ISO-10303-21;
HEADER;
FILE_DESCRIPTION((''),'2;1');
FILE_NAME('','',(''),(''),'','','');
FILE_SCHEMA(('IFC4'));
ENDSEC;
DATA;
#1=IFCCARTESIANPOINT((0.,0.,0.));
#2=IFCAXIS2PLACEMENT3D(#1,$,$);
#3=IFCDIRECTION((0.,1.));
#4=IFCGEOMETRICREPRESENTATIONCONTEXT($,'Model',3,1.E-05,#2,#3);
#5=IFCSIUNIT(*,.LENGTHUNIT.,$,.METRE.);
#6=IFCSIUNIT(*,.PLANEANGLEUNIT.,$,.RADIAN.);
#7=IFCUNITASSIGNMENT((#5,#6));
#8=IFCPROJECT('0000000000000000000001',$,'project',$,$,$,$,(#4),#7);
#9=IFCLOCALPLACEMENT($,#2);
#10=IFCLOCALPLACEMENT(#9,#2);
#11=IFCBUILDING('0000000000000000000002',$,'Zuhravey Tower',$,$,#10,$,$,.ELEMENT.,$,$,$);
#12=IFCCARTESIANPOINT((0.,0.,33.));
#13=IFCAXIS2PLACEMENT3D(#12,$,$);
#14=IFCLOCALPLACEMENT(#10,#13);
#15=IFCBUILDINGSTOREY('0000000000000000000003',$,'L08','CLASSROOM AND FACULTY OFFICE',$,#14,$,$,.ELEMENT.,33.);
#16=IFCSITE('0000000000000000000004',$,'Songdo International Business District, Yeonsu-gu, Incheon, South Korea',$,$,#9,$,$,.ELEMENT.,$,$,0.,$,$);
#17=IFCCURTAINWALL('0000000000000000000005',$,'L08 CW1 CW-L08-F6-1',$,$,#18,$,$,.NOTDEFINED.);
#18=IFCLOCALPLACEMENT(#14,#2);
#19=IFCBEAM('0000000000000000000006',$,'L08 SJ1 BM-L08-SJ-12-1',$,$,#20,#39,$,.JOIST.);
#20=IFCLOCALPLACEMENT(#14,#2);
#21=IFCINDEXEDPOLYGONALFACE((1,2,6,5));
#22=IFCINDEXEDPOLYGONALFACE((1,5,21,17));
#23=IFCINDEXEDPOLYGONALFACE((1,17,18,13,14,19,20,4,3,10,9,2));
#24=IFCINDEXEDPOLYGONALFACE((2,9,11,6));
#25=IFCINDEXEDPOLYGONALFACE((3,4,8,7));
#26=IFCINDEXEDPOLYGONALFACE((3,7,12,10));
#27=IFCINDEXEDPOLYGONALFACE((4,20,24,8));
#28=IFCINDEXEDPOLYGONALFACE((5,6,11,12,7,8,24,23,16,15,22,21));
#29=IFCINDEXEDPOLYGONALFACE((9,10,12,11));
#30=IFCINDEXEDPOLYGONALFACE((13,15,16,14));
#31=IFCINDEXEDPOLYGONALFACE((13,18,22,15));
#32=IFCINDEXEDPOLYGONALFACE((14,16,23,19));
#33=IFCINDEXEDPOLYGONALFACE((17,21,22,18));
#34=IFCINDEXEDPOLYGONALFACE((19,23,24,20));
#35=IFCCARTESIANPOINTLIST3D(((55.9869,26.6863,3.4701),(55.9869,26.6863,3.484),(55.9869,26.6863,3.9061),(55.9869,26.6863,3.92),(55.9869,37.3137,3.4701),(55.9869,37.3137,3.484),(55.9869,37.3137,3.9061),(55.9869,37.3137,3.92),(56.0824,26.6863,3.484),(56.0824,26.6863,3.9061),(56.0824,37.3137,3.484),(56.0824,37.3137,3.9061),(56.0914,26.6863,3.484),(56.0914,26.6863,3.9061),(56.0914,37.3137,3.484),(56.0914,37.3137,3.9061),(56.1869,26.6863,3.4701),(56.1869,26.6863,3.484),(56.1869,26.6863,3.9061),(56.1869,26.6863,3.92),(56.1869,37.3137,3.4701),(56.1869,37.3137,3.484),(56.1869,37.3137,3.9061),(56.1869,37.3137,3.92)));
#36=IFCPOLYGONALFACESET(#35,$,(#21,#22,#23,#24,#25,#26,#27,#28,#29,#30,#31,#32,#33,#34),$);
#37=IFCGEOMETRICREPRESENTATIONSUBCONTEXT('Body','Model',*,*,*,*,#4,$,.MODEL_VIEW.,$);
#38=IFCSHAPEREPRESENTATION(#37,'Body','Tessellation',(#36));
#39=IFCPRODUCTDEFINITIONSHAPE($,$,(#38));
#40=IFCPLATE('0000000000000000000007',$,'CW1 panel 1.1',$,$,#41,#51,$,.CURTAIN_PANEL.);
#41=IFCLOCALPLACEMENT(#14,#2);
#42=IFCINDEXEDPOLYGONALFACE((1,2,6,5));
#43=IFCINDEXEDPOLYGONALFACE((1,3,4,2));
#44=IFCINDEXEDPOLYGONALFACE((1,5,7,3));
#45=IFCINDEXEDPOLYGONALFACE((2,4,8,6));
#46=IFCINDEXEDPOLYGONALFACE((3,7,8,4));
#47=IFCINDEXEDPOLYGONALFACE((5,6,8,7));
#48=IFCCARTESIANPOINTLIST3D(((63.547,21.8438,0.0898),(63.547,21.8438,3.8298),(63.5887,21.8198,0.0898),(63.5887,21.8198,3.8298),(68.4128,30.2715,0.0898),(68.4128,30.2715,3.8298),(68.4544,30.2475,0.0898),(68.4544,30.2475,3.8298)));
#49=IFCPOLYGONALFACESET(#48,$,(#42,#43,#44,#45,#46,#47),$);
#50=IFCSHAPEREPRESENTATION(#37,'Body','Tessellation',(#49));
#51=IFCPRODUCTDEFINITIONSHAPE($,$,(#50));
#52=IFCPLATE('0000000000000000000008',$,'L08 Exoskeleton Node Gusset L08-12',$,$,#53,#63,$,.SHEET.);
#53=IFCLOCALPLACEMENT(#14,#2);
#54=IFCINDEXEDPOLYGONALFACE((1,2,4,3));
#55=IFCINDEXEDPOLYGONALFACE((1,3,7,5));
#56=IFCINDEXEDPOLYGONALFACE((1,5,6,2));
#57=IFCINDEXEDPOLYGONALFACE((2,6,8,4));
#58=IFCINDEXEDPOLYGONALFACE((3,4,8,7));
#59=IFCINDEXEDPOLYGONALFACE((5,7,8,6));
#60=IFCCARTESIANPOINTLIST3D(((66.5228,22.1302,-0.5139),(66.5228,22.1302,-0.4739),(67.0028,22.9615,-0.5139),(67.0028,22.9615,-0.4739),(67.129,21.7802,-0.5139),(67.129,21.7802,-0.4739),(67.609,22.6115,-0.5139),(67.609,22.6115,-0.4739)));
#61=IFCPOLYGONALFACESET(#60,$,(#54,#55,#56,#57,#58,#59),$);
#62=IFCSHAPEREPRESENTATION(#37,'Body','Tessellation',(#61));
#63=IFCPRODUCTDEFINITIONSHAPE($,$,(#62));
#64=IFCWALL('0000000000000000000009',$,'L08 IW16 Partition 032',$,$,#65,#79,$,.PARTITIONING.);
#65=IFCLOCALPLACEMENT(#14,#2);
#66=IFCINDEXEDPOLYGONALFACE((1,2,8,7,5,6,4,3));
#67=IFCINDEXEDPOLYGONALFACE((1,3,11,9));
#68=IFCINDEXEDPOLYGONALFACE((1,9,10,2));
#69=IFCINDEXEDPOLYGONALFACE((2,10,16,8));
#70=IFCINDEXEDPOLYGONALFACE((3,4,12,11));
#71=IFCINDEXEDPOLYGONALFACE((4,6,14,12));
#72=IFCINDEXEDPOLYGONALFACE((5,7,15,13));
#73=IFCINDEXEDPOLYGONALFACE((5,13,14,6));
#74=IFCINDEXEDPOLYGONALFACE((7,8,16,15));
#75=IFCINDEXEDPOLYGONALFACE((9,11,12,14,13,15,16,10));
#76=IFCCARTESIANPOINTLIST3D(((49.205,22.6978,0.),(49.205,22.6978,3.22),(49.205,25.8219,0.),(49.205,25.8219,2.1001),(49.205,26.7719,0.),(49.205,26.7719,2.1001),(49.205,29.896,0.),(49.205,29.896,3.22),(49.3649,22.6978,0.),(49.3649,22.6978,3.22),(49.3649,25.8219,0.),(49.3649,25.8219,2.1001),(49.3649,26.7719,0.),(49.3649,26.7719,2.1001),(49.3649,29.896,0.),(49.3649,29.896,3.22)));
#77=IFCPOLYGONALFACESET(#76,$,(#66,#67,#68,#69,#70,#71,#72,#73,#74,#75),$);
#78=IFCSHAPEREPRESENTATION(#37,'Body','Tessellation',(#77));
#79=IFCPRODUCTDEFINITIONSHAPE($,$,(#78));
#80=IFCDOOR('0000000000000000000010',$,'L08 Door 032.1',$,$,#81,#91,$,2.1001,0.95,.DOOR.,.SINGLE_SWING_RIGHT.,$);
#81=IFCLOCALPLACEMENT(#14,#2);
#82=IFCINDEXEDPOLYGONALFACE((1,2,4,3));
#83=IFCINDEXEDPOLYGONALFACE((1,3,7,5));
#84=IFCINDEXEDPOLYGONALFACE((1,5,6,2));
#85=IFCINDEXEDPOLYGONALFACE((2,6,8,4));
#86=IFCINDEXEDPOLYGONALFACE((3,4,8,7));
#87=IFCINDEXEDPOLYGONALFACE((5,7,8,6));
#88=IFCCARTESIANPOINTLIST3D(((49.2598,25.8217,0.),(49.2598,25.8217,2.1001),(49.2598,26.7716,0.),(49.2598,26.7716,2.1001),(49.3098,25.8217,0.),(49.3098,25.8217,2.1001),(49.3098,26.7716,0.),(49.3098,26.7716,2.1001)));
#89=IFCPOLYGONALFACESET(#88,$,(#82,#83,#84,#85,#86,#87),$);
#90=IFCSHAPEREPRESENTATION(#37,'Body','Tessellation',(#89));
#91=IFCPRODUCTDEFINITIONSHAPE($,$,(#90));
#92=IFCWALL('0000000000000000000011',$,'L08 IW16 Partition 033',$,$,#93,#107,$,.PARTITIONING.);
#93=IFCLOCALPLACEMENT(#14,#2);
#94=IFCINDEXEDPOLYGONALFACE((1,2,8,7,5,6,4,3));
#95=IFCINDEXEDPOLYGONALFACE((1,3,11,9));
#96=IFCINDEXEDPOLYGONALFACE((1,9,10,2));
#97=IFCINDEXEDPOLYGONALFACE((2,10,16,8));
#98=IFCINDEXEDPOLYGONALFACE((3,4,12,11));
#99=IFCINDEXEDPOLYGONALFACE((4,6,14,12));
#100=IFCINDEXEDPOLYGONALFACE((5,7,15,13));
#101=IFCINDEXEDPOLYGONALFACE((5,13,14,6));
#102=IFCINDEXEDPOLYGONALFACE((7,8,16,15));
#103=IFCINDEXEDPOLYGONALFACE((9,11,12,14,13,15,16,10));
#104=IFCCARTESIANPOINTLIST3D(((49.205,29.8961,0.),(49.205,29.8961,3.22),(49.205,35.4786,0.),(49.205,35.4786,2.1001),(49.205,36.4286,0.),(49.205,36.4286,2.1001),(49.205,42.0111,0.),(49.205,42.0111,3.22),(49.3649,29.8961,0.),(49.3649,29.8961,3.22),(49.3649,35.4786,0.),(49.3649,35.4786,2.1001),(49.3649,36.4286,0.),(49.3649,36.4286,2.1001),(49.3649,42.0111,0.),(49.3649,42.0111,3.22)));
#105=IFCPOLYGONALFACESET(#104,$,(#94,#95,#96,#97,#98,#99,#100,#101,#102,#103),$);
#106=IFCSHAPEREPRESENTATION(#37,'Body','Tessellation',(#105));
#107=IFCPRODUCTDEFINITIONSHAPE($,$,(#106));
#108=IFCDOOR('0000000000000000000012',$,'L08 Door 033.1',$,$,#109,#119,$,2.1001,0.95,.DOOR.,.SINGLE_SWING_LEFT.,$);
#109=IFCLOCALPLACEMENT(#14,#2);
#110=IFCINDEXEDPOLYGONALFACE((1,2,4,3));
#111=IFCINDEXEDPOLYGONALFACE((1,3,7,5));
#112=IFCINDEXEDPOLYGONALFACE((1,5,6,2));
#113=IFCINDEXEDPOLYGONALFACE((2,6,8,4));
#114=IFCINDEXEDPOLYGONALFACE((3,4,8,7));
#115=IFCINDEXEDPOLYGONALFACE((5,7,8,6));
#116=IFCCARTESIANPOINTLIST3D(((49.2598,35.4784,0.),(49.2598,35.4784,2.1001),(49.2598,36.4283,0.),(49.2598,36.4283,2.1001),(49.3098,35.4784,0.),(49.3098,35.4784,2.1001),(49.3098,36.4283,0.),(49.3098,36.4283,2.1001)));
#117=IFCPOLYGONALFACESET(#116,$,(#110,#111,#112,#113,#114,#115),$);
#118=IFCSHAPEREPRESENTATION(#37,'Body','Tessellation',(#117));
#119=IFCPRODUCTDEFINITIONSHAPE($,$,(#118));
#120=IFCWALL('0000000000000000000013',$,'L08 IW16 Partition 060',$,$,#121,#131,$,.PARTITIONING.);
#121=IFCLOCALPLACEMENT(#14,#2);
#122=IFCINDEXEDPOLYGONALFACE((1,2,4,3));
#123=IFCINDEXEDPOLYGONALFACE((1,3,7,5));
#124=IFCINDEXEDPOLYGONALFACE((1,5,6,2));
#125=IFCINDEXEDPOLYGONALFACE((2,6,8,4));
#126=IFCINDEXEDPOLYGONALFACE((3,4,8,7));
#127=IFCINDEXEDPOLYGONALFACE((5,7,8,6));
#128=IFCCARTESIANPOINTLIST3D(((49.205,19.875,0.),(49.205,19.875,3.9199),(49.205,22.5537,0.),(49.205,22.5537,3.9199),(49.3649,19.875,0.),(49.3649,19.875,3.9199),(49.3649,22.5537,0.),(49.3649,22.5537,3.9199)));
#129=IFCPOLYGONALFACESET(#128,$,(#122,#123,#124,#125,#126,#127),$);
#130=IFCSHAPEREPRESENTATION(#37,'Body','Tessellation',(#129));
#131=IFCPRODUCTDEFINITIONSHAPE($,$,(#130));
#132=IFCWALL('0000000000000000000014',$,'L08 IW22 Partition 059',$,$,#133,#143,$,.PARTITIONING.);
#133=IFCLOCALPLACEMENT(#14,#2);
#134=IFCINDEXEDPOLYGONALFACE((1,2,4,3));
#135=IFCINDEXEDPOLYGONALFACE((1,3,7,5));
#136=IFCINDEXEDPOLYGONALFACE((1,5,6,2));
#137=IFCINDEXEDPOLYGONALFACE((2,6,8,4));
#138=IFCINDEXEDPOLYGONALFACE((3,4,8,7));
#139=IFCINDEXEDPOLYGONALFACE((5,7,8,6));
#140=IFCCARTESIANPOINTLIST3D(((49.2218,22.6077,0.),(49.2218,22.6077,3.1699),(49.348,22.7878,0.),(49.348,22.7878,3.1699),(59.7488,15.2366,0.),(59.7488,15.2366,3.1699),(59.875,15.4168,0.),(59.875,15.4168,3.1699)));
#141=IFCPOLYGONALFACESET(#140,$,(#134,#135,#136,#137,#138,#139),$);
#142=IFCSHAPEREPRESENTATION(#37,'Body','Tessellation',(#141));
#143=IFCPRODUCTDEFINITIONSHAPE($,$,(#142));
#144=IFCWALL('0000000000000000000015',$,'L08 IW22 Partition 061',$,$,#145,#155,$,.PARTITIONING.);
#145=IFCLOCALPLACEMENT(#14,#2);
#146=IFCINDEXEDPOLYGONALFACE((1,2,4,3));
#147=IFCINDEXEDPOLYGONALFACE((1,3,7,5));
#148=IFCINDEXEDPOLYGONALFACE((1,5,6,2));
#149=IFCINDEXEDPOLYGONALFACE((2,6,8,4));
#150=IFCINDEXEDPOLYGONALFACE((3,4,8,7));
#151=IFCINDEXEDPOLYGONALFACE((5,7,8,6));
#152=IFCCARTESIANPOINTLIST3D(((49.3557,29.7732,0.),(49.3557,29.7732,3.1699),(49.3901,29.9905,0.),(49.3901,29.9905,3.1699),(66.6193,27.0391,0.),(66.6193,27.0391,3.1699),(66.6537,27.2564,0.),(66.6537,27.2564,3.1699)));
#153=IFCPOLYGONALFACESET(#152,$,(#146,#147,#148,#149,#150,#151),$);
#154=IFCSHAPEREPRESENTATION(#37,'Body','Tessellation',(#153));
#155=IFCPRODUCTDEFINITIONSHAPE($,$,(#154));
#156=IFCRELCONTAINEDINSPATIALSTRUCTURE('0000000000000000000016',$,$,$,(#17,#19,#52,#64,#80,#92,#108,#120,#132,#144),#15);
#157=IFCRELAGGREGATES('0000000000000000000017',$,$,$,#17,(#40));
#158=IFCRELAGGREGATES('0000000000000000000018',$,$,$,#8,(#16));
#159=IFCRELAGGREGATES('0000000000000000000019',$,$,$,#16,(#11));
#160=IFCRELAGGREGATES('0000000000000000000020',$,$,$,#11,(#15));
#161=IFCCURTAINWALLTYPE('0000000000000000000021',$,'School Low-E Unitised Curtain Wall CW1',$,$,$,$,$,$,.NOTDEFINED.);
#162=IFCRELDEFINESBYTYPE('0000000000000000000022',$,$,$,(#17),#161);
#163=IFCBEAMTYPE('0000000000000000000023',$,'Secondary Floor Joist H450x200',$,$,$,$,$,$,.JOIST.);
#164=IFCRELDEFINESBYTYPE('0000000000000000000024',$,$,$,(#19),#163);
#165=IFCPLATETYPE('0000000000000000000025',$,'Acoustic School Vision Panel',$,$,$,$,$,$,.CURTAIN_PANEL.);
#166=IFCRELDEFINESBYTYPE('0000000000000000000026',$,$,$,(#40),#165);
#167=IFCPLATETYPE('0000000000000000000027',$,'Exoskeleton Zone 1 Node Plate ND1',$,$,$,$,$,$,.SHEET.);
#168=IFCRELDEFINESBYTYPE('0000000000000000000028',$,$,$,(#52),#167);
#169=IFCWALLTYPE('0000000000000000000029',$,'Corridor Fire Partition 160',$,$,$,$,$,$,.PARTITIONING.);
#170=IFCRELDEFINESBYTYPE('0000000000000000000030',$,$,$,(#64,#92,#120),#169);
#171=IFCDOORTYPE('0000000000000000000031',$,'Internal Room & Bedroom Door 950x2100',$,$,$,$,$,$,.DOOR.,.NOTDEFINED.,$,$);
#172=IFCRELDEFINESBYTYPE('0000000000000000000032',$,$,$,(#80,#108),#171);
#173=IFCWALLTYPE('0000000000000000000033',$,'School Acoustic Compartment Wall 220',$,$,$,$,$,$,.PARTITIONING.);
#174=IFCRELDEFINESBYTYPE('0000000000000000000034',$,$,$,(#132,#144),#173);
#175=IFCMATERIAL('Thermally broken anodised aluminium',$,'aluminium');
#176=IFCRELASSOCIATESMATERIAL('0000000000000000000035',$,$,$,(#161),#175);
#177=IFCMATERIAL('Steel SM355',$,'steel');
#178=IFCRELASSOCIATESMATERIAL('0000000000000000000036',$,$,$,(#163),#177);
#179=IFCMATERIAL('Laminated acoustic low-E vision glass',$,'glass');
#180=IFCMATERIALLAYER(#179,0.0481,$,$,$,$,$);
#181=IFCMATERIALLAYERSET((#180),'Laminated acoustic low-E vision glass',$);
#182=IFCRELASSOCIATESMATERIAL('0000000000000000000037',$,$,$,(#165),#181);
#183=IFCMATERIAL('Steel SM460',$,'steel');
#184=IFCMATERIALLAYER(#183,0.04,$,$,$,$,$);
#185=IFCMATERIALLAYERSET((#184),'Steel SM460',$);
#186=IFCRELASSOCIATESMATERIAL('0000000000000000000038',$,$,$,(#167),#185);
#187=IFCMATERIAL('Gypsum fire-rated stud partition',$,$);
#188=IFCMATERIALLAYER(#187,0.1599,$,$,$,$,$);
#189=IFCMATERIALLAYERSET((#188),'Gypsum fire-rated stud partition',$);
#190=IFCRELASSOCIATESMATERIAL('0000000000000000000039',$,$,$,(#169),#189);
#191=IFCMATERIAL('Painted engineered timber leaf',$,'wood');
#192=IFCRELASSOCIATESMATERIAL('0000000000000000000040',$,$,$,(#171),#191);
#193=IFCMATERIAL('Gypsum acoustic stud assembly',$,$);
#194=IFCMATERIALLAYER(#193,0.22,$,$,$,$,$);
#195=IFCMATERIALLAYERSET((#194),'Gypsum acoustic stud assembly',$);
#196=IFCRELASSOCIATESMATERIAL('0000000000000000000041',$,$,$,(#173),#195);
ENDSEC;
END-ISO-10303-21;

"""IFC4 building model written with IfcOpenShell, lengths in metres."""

from ifc_helpers import new_model, si_unit, direction, frame, frame_2d, origin, origin_2d, place, context, subcontext, project, spatial, rectangle, i_section, extrude, material, layer, layer_set, material_profile, profile_set, type_object, element, fill, aggregate, save


model = new_model("IFC4")

# Units and contexts
model_context = context("Model", 3, precision=1e-05, world=origin(), true_north=direction((0.0, 1.0)))
body_context = subcontext(model_context, "Body", "Model", "MODEL_VIEW")
ifc_project = project(units=[si_unit("LENGTHUNIT", "METRE"), si_unit("PLANEANGLEUNIT", "RADIAN")], contexts=[model_context])

# Site, building, storey
site_placement = place(None, origin())
site = spatial("IfcSite", under=ifc_project, at=site_placement, Name="Songdo International Business District, Yeonsu-gu, Incheon, South Korea", CompositionType="ELEMENT", RefElevation=0.0)
building_placement = place(site_placement, origin())
building = spatial("IfcBuilding", under=site, at=building_placement, Name="Zuhravey Tower", CompositionType="ELEMENT")
storey_placement = place(building_placement, frame((0.0, 0.0, 33.0)))
storey = spatial("IfcBuildingStorey", under=building, at=storey_placement, Name="L08", Description="CLASSROOM AND FACULTY OFFICE", CompositionType="ELEMENT", Elevation=33.0)

# Curtain wall
ifc_material_1 = material(Name="Thermally broken anodised aluminium", Category="aluminium")
curtain_wall_type = type_object("IfcCurtainWallType", Name="School Low-E Unitised Curtain Wall CW1", PredefinedType="NOTDEFINED", material=ifc_material_1)
curtain_wall_placement = place(storey_placement, origin())
curtain_wall = element("IfcCurtainWall", 1, at=curtain_wall_placement, inside=storey, type_object=curtain_wall_type, Name="L08 CW1 CW-L08-F6-1", PredefinedType="NOTDEFINED")

# Shared definitions
ifc_material_2 = material(Name="Steel SM460", Category="steel")

# Beam
ifc_material_3 = material(Name="Steel SM355", Category="steel")
ifc_material_profile_1 = material_profile(ifc_material_3, i_section(OverallWidth=0.2, OverallDepth=0.45, WebThickness=0.009, FlangeThickness=0.0139, at=origin_2d()), Name="H-450x200x9x14")
ifc_profile_set_1 = profile_set([ifc_material_profile_1], Name="Steel SM355")
beam_type_1 = type_object("IfcBeamType", Name="Secondary Floor Joist H450x200", PredefinedType="JOIST", material=ifc_profile_set_1)
beam_1_placement = place(storey_placement, frame((56.0869, 26.6863, 3.6951), z_axis=(0.0, 1.0, 0.0), x_axis=(-1.0, 0.0, 0.0)))
element("IfcBeam", 2, at=beam_1_placement, inside=storey, type_object=beam_type_1, Name="L08 SJ1 BM-L08-SJ-12-1", PredefinedType="JOIST", context=body_context, shape_type="SweptSolid", body=[
    extrude(i_section(OverallWidth=0.2, OverallDepth=0.45, WebThickness=0.009, FlangeThickness=0.0139, at=origin_2d()), origin(), (0.0, 0.0, 1.0), 10.6274),
])

# Plates
ifc_material_4 = material(Name="Laminated acoustic low-E vision glass", Category="glass")
ifc_layer_1 = layer(ifc_material_4, 0.0481)
ifc_layer_set_1 = layer_set([ifc_layer_1], Name="Laminated acoustic low-E vision glass")
plate_type_1 = type_object("IfcPlateType", Name="Acoustic School Vision Panel", PredefinedType="CURTAIN_PANEL", material=ifc_layer_set_1)
plate_1_placement = place(storey_placement, frame((66.0007, 26.0457, 0.0898), z_axis=(0.0, 0.0, 1.0), x_axis=(-0.5, -0.866026, 0.0)))
plate_1 = element("IfcPlate", 3, at=plate_1_placement, type_object=plate_type_1, Name="CW1 panel 1.1", PredefinedType="CURTAIN_PANEL", context=body_context, shape_type="SweptSolid", body=[
    extrude(rectangle(XDim=9.7314, YDim=0.0481, at=origin_2d()), origin(), (0.0, 0.0, 1.0), 3.74),
])
aggregate(curtain_wall, [plate_1])
ifc_layer_2 = layer(ifc_material_2, 0.04)
ifc_layer_set_2 = layer_set([ifc_layer_2], Name="Steel SM460")
plate_type_2 = type_object("IfcPlateType", Name="Exoskeleton Zone 1 Node Plate ND1", PredefinedType="SHEET", material=ifc_layer_set_2)
plate_2_placement = place(storey_placement, frame((67.0659, 22.3708, -0.5139), z_axis=(0.0, 0.0, 1.0), x_axis=(0.5, 0.866025, 0.0)))
element("IfcPlate", 4, at=plate_2_placement, inside=storey, type_object=plate_type_2, Name="L08 Exoskeleton Node Gusset L08-12", PredefinedType="SHEET", context=body_context, shape_type="SweptSolid", body=[
    extrude(rectangle(XDim=0.96, YDim=0.7, at=origin_2d()), origin(), (0.0, 0.0, 1.0), 0.04),
])

# Walls, openings, doors
ifc_material_5 = material(Name="Gypsum fire-rated stud partition")
ifc_layer_3 = layer(ifc_material_5, 0.1599)
ifc_layer_set_3 = layer_set([ifc_layer_3], Name="Gypsum fire-rated stud partition")
wall_type_1 = type_object("IfcWallType", Name="Corridor Fire Partition 160", PredefinedType="PARTITIONING", material=ifc_layer_set_3)
wall_1_placement = place(storey_placement, frame((49.2849, 22.6978, 0.0), z_axis=(0.0, 0.0, 1.0), x_axis=(0.0, 1.0, 0.0)))
wall_1 = element("IfcWall", 5, at=wall_1_placement, inside=storey, type_object=wall_type_1, Name="L08 IW16 Partition 032", PredefinedType="PARTITIONING", context=body_context, shape_type="SweptSolid", body=[
    extrude(rectangle(XDim=7.1982, YDim=0.1599, at=frame_2d((3.5991, 0.0))), origin(), (0.0, 0.0, 1.0), 3.22),
])
opening_1_placement = place(wall_1_placement, frame((3.124, 0.0, 0.0)))
opening_1 = element("IfcOpeningElement", 6, at=opening_1_placement, cuts=wall_1, PredefinedType="OPENING", context=body_context, shape_type="SweptSolid", body=[
    extrude(rectangle(XDim=0.95, YDim=2.1001, at=frame_2d((0.4751, 1.05))), frame((0.0, 0.092, 0.0), z_axis=(0.0, -1.0, 0.0), x_axis=(1.0, 0.0, 0.0)), (0.0, 0.0, 1.0), 0.1838),
])
ifc_material_6 = material(Name="Painted engineered timber leaf", Category="wood")
door_type = type_object("IfcDoorType", Name="Internal Room & Bedroom Door 950x2100", OperationType="NOTDEFINED", PredefinedType="DOOR", material=ifc_material_6)
door_1_placement = place(opening_1_placement, frame((0.95, 0.0, 0.0), z_axis=(0.0, 0.0, 1.0), x_axis=(-1.0, 0.0, 0.0)))
door_1 = element("IfcDoor", 7, at=door_1_placement, inside=storey, type_object=door_type, Name="L08 Door 032.1", OperationType="SINGLE_SWING_RIGHT", OverallHeight=2.1001, OverallWidth=0.95, PredefinedType="DOOR", context=body_context, shape_type="SweptSolid", body=[
    extrude(rectangle(XDim=0.95, YDim=2.1001, at=frame_2d((0.4751, 1.05))), frame((0.0, 0.0249, 0.0), z_axis=(0.0, -1.0, 0.0), x_axis=(1.0, 0.0, 0.0)), (0.0, 0.0, 1.0), 0.05),
])
fill(opening_1, door_1)
wall_2_placement = place(storey_placement, frame((49.2849, 29.896, 0.0), z_axis=(0.0, 0.0, 1.0), x_axis=(0.0, 1.0, 0.0)))
wall_2 = element("IfcWall", 8, at=wall_2_placement, inside=storey, type_object=wall_type_1, Name="L08 IW16 Partition 033", PredefinedType="PARTITIONING", context=body_context, shape_type="SweptSolid", body=[
    extrude(rectangle(XDim=12.115, YDim=0.1599, at=frame_2d((6.0576, 0.0))), origin(), (0.0, 0.0, 1.0), 3.22),
])
opening_2_placement = place(wall_2_placement, frame((5.5825, 0.0, 0.0)))
opening_2 = element("IfcOpeningElement", 9, at=opening_2_placement, cuts=wall_2, PredefinedType="OPENING", context=body_context, shape_type="SweptSolid", body=[
    extrude(rectangle(XDim=0.95, YDim=2.1001, at=frame_2d((0.4751, 1.05))), frame((0.0, 0.092, 0.0), z_axis=(0.0, -1.0, 0.0), x_axis=(1.0, 0.0, 0.0)), (0.0, 0.0, 1.0), 0.1838),
])
door_2_placement = place(opening_2_placement, frame((0.95, 0.0, 0.0), z_axis=(0.0, 0.0, 1.0), x_axis=(-1.0, 0.0, 0.0)))
door_2 = element("IfcDoor", 10, at=door_2_placement, inside=storey, type_object=door_type, Name="L08 Door 033.1", OperationType="SINGLE_SWING_LEFT", OverallHeight=2.1001, OverallWidth=0.95, PredefinedType="DOOR", context=body_context, shape_type="SweptSolid", body=[
    extrude(rectangle(XDim=0.95, YDim=2.1001, at=frame_2d((0.4751, 1.05))), frame((0.0, 0.0249, 0.0), z_axis=(0.0, -1.0, 0.0), x_axis=(1.0, 0.0, 0.0)), (0.0, 0.0, 1.0), 0.05),
])
fill(opening_2, door_2)

# Walls
wall_3_placement = place(storey_placement, frame((49.2849, 19.875, 0.0), z_axis=(0.0, 0.0, 1.0), x_axis=(0.0, 1.0, 0.0)))
element("IfcWall", 11, at=wall_3_placement, inside=storey, type_object=wall_type_1, Name="L08 IW16 Partition 060", PredefinedType="PARTITIONING", context=body_context, shape_type="SweptSolid", body=[
    extrude(rectangle(XDim=2.6787, YDim=0.1599, at=frame_2d((1.3394, 0.0))), origin(), (0.0, 0.0, 1.0), 3.9199),
])
ifc_material_7 = material(Name="Gypsum acoustic stud assembly")
ifc_layer_4 = layer(ifc_material_7, 0.22)
ifc_layer_set_4 = layer_set([ifc_layer_4], Name="Gypsum acoustic stud assembly")
wall_type_2 = type_object("IfcWallType", Name="School Acoustic Compartment Wall 220", PredefinedType="PARTITIONING", material=ifc_layer_set_4)
wall_4_placement = place(storey_placement, frame((49.2849, 22.6978, 0.0), z_axis=(0.0, 0.0, 1.0), x_axis=(0.819154, -0.573573, 0.0)))
element("IfcWall", 12, at=wall_4_placement, inside=storey, type_object=wall_type_2, Name="L08 IW22 Partition 059", PredefinedType="PARTITIONING", context=body_context, shape_type="SweptSolid", body=[
    extrude(rectangle(XDim=12.8511, YDim=0.22, at=frame_2d((6.4255, 0.0))), origin(), (0.0, 0.0, 1.0), 3.1699),
])
wall_5_placement = place(storey_placement, frame((49.373, 29.8818, 0.0), z_axis=(0.0, 0.0, 1.0), x_axis=(0.98769, -0.156425, 0.0)))
element("IfcWall", 13, at=wall_5_placement, inside=storey, type_object=wall_type_2, Name="L08 IW22 Partition 061", PredefinedType="PARTITIONING", context=body_context, shape_type="SweptSolid", body=[
    extrude(rectangle(XDim=17.4788, YDim=0.22, at=frame_2d((8.7393, 0.0))), origin(), (0.0, 0.0, 1.0), 3.1699),
])

save(model, "model.ifc")
